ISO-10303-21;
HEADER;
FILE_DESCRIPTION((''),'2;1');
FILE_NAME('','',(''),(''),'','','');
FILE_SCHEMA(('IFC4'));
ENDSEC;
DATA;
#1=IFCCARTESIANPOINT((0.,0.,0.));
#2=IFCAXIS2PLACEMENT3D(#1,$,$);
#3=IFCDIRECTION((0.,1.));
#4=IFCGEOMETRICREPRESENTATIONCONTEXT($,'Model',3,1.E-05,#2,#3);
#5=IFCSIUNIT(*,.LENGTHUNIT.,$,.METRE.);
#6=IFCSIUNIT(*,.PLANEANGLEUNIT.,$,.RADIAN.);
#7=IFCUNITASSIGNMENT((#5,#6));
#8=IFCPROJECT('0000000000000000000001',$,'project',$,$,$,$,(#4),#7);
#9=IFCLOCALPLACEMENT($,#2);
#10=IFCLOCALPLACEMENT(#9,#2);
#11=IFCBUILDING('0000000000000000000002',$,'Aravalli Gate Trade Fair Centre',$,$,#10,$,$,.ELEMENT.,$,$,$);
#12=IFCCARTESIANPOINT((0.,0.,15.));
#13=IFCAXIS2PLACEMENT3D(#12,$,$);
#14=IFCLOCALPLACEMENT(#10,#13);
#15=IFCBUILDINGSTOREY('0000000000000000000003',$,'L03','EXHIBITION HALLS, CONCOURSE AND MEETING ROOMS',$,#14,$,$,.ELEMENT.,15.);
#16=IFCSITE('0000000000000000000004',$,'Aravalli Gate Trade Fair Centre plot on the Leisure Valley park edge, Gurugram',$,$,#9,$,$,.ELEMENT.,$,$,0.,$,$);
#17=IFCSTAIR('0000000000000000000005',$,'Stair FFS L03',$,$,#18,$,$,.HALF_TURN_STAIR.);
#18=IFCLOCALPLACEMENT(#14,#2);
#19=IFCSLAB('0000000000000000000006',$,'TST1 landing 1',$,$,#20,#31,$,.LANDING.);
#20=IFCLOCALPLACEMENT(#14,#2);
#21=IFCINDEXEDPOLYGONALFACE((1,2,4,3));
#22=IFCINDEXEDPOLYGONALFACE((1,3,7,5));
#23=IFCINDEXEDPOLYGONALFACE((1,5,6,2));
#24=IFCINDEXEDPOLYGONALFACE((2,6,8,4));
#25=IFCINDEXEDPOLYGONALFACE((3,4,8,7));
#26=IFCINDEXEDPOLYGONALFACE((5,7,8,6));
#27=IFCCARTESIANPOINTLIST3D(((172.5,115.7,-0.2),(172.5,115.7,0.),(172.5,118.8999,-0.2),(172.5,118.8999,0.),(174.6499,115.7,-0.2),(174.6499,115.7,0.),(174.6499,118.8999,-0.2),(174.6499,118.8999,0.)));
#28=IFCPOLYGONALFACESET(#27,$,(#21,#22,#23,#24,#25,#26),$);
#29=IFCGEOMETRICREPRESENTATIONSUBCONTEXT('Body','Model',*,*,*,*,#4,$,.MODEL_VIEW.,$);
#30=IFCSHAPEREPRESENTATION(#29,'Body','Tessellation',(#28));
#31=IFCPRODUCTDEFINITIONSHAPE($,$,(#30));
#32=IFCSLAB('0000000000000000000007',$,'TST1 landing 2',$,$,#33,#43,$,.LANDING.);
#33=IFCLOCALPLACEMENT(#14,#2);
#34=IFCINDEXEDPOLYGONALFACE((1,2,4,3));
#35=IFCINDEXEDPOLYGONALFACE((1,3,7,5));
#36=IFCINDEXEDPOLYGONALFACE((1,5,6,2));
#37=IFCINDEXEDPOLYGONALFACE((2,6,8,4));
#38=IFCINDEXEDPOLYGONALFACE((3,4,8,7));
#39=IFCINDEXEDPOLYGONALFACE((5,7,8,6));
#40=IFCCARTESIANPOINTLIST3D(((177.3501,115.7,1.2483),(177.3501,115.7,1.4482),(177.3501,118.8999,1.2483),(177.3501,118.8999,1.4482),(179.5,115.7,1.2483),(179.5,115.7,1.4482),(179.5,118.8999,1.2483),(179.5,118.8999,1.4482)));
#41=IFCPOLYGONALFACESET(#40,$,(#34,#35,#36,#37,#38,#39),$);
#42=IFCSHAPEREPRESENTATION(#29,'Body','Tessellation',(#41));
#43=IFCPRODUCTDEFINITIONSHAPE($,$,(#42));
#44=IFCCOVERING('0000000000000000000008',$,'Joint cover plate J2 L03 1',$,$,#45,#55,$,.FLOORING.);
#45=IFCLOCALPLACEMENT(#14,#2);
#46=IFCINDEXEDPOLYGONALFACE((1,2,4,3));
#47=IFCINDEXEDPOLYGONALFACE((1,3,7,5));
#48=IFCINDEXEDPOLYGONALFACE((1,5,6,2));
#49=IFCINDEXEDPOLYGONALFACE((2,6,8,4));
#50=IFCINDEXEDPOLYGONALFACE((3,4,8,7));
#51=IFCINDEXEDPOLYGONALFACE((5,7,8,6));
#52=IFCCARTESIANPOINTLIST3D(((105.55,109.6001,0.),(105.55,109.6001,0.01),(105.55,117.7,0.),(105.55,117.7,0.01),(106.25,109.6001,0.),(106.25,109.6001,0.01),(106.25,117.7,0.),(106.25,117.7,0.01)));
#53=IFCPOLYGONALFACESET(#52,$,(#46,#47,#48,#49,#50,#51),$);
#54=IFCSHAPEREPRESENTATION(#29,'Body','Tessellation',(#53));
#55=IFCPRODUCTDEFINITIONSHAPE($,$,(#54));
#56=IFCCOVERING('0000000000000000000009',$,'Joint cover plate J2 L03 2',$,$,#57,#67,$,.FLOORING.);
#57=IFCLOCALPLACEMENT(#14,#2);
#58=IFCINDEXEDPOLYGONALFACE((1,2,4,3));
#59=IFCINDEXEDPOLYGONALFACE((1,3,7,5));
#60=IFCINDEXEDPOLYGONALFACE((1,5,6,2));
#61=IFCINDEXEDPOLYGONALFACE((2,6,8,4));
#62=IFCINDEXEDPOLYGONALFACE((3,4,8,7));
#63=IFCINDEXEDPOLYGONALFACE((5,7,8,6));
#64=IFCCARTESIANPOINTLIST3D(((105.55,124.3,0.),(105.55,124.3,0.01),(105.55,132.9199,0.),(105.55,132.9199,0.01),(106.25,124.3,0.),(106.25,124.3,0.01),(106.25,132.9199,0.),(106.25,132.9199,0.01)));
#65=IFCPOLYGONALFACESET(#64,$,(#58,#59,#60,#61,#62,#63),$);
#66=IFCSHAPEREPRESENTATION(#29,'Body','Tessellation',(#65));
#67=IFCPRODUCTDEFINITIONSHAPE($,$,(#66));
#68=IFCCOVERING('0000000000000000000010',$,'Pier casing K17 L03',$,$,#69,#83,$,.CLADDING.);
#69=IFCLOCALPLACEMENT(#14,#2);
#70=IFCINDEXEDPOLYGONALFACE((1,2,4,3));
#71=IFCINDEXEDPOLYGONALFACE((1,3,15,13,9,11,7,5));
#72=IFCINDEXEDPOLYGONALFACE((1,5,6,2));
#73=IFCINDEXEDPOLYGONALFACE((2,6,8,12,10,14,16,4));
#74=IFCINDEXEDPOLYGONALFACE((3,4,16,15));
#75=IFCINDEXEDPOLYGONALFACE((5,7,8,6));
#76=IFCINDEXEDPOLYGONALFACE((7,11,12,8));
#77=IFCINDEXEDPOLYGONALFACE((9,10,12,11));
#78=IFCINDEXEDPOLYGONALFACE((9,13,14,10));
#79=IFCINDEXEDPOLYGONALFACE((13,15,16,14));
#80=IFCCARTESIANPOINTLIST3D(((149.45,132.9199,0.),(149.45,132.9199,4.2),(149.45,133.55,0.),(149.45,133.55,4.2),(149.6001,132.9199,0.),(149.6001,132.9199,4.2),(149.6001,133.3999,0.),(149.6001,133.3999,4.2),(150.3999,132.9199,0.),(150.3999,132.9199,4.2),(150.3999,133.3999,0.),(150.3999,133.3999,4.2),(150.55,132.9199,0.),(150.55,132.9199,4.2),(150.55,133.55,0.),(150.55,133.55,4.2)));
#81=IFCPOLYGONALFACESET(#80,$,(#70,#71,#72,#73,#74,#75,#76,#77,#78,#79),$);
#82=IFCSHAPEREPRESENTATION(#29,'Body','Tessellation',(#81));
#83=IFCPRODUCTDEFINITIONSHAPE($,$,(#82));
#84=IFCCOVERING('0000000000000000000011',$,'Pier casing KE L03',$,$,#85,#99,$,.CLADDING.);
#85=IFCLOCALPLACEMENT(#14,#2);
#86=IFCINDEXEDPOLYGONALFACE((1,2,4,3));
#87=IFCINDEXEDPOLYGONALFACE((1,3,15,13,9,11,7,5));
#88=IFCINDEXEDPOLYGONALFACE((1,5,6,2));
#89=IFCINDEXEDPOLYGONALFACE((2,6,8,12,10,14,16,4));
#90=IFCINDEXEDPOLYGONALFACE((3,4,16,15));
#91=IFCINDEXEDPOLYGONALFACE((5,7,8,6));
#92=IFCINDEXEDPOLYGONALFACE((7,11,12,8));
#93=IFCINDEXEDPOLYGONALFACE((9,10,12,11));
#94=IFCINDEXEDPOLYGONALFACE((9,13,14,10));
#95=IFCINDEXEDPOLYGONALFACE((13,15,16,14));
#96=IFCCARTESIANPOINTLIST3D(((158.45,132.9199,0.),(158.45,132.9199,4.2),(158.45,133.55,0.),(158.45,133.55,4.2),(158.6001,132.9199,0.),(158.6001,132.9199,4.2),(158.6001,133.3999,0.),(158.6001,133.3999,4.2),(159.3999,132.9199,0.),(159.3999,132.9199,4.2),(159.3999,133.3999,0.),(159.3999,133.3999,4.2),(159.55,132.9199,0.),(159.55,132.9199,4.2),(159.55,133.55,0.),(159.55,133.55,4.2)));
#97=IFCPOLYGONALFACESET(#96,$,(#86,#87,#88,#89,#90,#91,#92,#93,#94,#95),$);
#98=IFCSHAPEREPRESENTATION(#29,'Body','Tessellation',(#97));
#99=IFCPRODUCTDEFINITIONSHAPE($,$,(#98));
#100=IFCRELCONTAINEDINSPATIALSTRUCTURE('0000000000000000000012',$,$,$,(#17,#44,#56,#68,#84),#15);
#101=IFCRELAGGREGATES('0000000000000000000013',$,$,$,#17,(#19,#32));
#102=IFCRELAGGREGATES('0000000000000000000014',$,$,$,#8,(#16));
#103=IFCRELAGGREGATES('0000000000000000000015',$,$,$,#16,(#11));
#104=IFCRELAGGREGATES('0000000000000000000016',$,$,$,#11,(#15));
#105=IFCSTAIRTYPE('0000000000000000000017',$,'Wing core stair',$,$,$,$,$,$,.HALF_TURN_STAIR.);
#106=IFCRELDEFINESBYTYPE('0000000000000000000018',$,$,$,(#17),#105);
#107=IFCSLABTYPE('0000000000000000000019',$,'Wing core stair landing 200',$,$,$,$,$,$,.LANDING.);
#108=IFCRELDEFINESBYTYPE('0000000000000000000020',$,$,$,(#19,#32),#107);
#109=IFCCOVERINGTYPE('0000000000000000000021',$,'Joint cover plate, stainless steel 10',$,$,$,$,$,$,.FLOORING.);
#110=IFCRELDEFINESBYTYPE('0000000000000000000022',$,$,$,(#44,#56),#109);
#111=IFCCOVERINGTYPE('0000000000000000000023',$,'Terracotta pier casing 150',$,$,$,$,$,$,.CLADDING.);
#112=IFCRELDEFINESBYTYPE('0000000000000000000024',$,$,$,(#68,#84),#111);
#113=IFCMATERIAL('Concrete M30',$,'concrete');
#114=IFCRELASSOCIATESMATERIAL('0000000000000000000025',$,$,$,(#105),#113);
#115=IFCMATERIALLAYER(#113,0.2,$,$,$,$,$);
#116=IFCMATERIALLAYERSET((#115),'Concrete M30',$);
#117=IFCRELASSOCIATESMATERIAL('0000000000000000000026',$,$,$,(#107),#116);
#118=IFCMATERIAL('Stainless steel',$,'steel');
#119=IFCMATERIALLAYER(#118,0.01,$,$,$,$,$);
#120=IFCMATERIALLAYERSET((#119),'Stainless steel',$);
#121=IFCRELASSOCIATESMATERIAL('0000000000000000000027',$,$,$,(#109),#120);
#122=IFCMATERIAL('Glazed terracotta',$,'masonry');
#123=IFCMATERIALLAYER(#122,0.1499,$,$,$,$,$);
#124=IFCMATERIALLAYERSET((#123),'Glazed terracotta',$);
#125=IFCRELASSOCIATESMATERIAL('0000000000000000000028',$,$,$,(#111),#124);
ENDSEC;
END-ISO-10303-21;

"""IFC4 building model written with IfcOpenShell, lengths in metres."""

from ifc_helpers import new_model, si_unit, direction, frame, origin, place, context, subcontext, project, spatial, polyline, outline, extrude, material, layer, layer_set, type_object, element, aggregate, save


model = new_model("IFC4")

# Units and contexts
model_context = context("Model", 3, precision=1e-05, world=origin(), true_north=direction((0.0, 1.0)))
body_context = subcontext(model_context, "Body", "Model", "MODEL_VIEW")
ifc_project = project(units=[si_unit("LENGTHUNIT", "METRE"), si_unit("PLANEANGLEUNIT", "RADIAN")], contexts=[model_context])

# Site, building, storey
site_placement = place(None, origin())
site = spatial("IfcSite", under=ifc_project, at=site_placement, Name="Aravalli Gate Trade Fair Centre plot on the Leisure Valley park edge, Gurugram", CompositionType="ELEMENT", RefElevation=0.0)
building_placement = place(site_placement, origin())
building = spatial("IfcBuilding", under=site, at=building_placement, Name="Aravalli Gate Trade Fair Centre", CompositionType="ELEMENT")
storey_placement = place(building_placement, frame((0.0, 0.0, 15.0)))
storey = spatial("IfcBuildingStorey", under=building, at=storey_placement, Name="L03", Description="EXHIBITION HALLS, CONCOURSE AND MEETING ROOMS", CompositionType="ELEMENT", Elevation=15.0)

# Stair, slabs
ifc_material_1 = material(Name="Concrete M30", Category="concrete")
stair_type = type_object("IfcStairType", Name="Wing core stair", PredefinedType="HALF_TURN_STAIR", material=ifc_material_1)
ifc_layer_1 = layer(ifc_material_1, 0.2)
ifc_layer_set_1 = layer_set([ifc_layer_1], Name="Concrete M30")
slab_type_1 = type_object("IfcSlabType", Name="Wing core stair landing 200", PredefinedType="LANDING", material=ifc_layer_set_1)
stair_1_placement = place(storey_placement, origin())
stair_1 = element("IfcStair", 1, at=stair_1_placement, inside=storey, type_object=stair_type, Name="Stair FFS L03", PredefinedType="HALF_TURN_STAIR")
slab_1_placement = place(storey_placement, frame((0.0, 0.0, -0.2)))
slab_1 = element("IfcSlab", 2, at=slab_1_placement, type_object=slab_type_1, Name="TST1 landing 1", PredefinedType="LANDING", context=body_context, shape_type="SweptSolid", body=[
    extrude(outline(polyline([(172.5, 115.7), (174.6499, 115.7), (174.6499, 118.8999), (172.5, 118.8999), (172.5, 115.7)])), origin(), (0.0, 0.0, 1.0), 0.2),
])
slab_2_placement = place(storey_placement, frame((0.0, 0.0, 1.2483)))
slab_2 = element("IfcSlab", 3, at=slab_2_placement, type_object=slab_type_1, Name="TST1 landing 2", PredefinedType="LANDING", context=body_context, shape_type="SweptSolid", body=[
    extrude(outline(polyline([(177.3501, 115.7), (179.5, 115.7), (179.5, 118.8999), (177.3501, 118.8999), (177.3501, 115.7)])), origin(), (0.0, 0.0, 1.0), 0.2),
])
aggregate(stair_1, [slab_1, slab_2])

# Coverings
ifc_material_2 = material(Name="Stainless steel", Category="steel")
ifc_layer_2 = layer(ifc_material_2, 0.01)
ifc_layer_set_2 = layer_set([ifc_layer_2], Name="Stainless steel")
covering_type_1 = type_object("IfcCoveringType", Name="Joint cover plate, stainless steel 10", PredefinedType="FLOORING", material=ifc_layer_set_2)
covering_1_placement = place(storey_placement, origin())
element("IfcCovering", 4, at=covering_1_placement, inside=storey, type_object=covering_type_1, Name="Joint cover plate J2 L03 1", PredefinedType="FLOORING", context=body_context, shape_type="SweptSolid", body=[
    extrude(outline(polyline([(106.25, 109.6001), (106.25, 117.7), (105.55, 117.7), (105.55, 109.6001), (106.25, 109.6001)])), origin(), (0.0, 0.0, 1.0), 0.01),
])
covering_2_placement = place(storey_placement, origin())
element("IfcCovering", 5, at=covering_2_placement, inside=storey, type_object=covering_type_1, Name="Joint cover plate J2 L03 2", PredefinedType="FLOORING", context=body_context, shape_type="SweptSolid", body=[
    extrude(outline(polyline([(105.55, 132.9199), (105.55, 124.3), (106.25, 124.3), (106.25, 132.9199), (105.55, 132.9199)])), origin(), (0.0, 0.0, 1.0), 0.01),
])
ifc_material_3 = material(Name="Glazed terracotta", Category="masonry")
ifc_layer_3 = layer(ifc_material_3, 0.1499)
ifc_layer_set_3 = layer_set([ifc_layer_3], Name="Glazed terracotta")
covering_type_2 = type_object("IfcCoveringType", Name="Terracotta pier casing 150", PredefinedType="CLADDING", material=ifc_layer_set_3)
covering_3_placement = place(storey_placement, origin())
element("IfcCovering", 6, at=covering_3_placement, inside=storey, type_object=covering_type_2, Name="Pier casing K17 L03", PredefinedType="CLADDING", context=body_context, shape_type="SweptSolid", body=[
    extrude(outline(polyline([(149.45, 132.9199), (149.6001, 132.9199), (149.6001, 133.3999), (150.3999, 133.3999), (150.3999, 132.9199), (150.55, 132.9199), (150.55, 133.55), (149.45, 133.55), (149.45, 132.9199)])), origin(), (0.0, 0.0, 1.0), 4.2),
])
covering_4_placement = place(storey_placement, origin())
element("IfcCovering", 7, at=covering_4_placement, inside=storey, type_object=covering_type_2, Name="Pier casing KE L03", PredefinedType="CLADDING", context=body_context, shape_type="SweptSolid", body=[
    extrude(outline(polyline([(158.45, 132.9199), (158.6001, 132.9199), (158.6001, 133.3999), (159.3999, 133.3999), (159.3999, 132.9199), (159.55, 132.9199), (159.55, 133.55), (158.45, 133.55), (158.45, 132.9199)])), origin(), (0.0, 0.0, 1.0), 4.2),
])

save(model, "model.ifc")
